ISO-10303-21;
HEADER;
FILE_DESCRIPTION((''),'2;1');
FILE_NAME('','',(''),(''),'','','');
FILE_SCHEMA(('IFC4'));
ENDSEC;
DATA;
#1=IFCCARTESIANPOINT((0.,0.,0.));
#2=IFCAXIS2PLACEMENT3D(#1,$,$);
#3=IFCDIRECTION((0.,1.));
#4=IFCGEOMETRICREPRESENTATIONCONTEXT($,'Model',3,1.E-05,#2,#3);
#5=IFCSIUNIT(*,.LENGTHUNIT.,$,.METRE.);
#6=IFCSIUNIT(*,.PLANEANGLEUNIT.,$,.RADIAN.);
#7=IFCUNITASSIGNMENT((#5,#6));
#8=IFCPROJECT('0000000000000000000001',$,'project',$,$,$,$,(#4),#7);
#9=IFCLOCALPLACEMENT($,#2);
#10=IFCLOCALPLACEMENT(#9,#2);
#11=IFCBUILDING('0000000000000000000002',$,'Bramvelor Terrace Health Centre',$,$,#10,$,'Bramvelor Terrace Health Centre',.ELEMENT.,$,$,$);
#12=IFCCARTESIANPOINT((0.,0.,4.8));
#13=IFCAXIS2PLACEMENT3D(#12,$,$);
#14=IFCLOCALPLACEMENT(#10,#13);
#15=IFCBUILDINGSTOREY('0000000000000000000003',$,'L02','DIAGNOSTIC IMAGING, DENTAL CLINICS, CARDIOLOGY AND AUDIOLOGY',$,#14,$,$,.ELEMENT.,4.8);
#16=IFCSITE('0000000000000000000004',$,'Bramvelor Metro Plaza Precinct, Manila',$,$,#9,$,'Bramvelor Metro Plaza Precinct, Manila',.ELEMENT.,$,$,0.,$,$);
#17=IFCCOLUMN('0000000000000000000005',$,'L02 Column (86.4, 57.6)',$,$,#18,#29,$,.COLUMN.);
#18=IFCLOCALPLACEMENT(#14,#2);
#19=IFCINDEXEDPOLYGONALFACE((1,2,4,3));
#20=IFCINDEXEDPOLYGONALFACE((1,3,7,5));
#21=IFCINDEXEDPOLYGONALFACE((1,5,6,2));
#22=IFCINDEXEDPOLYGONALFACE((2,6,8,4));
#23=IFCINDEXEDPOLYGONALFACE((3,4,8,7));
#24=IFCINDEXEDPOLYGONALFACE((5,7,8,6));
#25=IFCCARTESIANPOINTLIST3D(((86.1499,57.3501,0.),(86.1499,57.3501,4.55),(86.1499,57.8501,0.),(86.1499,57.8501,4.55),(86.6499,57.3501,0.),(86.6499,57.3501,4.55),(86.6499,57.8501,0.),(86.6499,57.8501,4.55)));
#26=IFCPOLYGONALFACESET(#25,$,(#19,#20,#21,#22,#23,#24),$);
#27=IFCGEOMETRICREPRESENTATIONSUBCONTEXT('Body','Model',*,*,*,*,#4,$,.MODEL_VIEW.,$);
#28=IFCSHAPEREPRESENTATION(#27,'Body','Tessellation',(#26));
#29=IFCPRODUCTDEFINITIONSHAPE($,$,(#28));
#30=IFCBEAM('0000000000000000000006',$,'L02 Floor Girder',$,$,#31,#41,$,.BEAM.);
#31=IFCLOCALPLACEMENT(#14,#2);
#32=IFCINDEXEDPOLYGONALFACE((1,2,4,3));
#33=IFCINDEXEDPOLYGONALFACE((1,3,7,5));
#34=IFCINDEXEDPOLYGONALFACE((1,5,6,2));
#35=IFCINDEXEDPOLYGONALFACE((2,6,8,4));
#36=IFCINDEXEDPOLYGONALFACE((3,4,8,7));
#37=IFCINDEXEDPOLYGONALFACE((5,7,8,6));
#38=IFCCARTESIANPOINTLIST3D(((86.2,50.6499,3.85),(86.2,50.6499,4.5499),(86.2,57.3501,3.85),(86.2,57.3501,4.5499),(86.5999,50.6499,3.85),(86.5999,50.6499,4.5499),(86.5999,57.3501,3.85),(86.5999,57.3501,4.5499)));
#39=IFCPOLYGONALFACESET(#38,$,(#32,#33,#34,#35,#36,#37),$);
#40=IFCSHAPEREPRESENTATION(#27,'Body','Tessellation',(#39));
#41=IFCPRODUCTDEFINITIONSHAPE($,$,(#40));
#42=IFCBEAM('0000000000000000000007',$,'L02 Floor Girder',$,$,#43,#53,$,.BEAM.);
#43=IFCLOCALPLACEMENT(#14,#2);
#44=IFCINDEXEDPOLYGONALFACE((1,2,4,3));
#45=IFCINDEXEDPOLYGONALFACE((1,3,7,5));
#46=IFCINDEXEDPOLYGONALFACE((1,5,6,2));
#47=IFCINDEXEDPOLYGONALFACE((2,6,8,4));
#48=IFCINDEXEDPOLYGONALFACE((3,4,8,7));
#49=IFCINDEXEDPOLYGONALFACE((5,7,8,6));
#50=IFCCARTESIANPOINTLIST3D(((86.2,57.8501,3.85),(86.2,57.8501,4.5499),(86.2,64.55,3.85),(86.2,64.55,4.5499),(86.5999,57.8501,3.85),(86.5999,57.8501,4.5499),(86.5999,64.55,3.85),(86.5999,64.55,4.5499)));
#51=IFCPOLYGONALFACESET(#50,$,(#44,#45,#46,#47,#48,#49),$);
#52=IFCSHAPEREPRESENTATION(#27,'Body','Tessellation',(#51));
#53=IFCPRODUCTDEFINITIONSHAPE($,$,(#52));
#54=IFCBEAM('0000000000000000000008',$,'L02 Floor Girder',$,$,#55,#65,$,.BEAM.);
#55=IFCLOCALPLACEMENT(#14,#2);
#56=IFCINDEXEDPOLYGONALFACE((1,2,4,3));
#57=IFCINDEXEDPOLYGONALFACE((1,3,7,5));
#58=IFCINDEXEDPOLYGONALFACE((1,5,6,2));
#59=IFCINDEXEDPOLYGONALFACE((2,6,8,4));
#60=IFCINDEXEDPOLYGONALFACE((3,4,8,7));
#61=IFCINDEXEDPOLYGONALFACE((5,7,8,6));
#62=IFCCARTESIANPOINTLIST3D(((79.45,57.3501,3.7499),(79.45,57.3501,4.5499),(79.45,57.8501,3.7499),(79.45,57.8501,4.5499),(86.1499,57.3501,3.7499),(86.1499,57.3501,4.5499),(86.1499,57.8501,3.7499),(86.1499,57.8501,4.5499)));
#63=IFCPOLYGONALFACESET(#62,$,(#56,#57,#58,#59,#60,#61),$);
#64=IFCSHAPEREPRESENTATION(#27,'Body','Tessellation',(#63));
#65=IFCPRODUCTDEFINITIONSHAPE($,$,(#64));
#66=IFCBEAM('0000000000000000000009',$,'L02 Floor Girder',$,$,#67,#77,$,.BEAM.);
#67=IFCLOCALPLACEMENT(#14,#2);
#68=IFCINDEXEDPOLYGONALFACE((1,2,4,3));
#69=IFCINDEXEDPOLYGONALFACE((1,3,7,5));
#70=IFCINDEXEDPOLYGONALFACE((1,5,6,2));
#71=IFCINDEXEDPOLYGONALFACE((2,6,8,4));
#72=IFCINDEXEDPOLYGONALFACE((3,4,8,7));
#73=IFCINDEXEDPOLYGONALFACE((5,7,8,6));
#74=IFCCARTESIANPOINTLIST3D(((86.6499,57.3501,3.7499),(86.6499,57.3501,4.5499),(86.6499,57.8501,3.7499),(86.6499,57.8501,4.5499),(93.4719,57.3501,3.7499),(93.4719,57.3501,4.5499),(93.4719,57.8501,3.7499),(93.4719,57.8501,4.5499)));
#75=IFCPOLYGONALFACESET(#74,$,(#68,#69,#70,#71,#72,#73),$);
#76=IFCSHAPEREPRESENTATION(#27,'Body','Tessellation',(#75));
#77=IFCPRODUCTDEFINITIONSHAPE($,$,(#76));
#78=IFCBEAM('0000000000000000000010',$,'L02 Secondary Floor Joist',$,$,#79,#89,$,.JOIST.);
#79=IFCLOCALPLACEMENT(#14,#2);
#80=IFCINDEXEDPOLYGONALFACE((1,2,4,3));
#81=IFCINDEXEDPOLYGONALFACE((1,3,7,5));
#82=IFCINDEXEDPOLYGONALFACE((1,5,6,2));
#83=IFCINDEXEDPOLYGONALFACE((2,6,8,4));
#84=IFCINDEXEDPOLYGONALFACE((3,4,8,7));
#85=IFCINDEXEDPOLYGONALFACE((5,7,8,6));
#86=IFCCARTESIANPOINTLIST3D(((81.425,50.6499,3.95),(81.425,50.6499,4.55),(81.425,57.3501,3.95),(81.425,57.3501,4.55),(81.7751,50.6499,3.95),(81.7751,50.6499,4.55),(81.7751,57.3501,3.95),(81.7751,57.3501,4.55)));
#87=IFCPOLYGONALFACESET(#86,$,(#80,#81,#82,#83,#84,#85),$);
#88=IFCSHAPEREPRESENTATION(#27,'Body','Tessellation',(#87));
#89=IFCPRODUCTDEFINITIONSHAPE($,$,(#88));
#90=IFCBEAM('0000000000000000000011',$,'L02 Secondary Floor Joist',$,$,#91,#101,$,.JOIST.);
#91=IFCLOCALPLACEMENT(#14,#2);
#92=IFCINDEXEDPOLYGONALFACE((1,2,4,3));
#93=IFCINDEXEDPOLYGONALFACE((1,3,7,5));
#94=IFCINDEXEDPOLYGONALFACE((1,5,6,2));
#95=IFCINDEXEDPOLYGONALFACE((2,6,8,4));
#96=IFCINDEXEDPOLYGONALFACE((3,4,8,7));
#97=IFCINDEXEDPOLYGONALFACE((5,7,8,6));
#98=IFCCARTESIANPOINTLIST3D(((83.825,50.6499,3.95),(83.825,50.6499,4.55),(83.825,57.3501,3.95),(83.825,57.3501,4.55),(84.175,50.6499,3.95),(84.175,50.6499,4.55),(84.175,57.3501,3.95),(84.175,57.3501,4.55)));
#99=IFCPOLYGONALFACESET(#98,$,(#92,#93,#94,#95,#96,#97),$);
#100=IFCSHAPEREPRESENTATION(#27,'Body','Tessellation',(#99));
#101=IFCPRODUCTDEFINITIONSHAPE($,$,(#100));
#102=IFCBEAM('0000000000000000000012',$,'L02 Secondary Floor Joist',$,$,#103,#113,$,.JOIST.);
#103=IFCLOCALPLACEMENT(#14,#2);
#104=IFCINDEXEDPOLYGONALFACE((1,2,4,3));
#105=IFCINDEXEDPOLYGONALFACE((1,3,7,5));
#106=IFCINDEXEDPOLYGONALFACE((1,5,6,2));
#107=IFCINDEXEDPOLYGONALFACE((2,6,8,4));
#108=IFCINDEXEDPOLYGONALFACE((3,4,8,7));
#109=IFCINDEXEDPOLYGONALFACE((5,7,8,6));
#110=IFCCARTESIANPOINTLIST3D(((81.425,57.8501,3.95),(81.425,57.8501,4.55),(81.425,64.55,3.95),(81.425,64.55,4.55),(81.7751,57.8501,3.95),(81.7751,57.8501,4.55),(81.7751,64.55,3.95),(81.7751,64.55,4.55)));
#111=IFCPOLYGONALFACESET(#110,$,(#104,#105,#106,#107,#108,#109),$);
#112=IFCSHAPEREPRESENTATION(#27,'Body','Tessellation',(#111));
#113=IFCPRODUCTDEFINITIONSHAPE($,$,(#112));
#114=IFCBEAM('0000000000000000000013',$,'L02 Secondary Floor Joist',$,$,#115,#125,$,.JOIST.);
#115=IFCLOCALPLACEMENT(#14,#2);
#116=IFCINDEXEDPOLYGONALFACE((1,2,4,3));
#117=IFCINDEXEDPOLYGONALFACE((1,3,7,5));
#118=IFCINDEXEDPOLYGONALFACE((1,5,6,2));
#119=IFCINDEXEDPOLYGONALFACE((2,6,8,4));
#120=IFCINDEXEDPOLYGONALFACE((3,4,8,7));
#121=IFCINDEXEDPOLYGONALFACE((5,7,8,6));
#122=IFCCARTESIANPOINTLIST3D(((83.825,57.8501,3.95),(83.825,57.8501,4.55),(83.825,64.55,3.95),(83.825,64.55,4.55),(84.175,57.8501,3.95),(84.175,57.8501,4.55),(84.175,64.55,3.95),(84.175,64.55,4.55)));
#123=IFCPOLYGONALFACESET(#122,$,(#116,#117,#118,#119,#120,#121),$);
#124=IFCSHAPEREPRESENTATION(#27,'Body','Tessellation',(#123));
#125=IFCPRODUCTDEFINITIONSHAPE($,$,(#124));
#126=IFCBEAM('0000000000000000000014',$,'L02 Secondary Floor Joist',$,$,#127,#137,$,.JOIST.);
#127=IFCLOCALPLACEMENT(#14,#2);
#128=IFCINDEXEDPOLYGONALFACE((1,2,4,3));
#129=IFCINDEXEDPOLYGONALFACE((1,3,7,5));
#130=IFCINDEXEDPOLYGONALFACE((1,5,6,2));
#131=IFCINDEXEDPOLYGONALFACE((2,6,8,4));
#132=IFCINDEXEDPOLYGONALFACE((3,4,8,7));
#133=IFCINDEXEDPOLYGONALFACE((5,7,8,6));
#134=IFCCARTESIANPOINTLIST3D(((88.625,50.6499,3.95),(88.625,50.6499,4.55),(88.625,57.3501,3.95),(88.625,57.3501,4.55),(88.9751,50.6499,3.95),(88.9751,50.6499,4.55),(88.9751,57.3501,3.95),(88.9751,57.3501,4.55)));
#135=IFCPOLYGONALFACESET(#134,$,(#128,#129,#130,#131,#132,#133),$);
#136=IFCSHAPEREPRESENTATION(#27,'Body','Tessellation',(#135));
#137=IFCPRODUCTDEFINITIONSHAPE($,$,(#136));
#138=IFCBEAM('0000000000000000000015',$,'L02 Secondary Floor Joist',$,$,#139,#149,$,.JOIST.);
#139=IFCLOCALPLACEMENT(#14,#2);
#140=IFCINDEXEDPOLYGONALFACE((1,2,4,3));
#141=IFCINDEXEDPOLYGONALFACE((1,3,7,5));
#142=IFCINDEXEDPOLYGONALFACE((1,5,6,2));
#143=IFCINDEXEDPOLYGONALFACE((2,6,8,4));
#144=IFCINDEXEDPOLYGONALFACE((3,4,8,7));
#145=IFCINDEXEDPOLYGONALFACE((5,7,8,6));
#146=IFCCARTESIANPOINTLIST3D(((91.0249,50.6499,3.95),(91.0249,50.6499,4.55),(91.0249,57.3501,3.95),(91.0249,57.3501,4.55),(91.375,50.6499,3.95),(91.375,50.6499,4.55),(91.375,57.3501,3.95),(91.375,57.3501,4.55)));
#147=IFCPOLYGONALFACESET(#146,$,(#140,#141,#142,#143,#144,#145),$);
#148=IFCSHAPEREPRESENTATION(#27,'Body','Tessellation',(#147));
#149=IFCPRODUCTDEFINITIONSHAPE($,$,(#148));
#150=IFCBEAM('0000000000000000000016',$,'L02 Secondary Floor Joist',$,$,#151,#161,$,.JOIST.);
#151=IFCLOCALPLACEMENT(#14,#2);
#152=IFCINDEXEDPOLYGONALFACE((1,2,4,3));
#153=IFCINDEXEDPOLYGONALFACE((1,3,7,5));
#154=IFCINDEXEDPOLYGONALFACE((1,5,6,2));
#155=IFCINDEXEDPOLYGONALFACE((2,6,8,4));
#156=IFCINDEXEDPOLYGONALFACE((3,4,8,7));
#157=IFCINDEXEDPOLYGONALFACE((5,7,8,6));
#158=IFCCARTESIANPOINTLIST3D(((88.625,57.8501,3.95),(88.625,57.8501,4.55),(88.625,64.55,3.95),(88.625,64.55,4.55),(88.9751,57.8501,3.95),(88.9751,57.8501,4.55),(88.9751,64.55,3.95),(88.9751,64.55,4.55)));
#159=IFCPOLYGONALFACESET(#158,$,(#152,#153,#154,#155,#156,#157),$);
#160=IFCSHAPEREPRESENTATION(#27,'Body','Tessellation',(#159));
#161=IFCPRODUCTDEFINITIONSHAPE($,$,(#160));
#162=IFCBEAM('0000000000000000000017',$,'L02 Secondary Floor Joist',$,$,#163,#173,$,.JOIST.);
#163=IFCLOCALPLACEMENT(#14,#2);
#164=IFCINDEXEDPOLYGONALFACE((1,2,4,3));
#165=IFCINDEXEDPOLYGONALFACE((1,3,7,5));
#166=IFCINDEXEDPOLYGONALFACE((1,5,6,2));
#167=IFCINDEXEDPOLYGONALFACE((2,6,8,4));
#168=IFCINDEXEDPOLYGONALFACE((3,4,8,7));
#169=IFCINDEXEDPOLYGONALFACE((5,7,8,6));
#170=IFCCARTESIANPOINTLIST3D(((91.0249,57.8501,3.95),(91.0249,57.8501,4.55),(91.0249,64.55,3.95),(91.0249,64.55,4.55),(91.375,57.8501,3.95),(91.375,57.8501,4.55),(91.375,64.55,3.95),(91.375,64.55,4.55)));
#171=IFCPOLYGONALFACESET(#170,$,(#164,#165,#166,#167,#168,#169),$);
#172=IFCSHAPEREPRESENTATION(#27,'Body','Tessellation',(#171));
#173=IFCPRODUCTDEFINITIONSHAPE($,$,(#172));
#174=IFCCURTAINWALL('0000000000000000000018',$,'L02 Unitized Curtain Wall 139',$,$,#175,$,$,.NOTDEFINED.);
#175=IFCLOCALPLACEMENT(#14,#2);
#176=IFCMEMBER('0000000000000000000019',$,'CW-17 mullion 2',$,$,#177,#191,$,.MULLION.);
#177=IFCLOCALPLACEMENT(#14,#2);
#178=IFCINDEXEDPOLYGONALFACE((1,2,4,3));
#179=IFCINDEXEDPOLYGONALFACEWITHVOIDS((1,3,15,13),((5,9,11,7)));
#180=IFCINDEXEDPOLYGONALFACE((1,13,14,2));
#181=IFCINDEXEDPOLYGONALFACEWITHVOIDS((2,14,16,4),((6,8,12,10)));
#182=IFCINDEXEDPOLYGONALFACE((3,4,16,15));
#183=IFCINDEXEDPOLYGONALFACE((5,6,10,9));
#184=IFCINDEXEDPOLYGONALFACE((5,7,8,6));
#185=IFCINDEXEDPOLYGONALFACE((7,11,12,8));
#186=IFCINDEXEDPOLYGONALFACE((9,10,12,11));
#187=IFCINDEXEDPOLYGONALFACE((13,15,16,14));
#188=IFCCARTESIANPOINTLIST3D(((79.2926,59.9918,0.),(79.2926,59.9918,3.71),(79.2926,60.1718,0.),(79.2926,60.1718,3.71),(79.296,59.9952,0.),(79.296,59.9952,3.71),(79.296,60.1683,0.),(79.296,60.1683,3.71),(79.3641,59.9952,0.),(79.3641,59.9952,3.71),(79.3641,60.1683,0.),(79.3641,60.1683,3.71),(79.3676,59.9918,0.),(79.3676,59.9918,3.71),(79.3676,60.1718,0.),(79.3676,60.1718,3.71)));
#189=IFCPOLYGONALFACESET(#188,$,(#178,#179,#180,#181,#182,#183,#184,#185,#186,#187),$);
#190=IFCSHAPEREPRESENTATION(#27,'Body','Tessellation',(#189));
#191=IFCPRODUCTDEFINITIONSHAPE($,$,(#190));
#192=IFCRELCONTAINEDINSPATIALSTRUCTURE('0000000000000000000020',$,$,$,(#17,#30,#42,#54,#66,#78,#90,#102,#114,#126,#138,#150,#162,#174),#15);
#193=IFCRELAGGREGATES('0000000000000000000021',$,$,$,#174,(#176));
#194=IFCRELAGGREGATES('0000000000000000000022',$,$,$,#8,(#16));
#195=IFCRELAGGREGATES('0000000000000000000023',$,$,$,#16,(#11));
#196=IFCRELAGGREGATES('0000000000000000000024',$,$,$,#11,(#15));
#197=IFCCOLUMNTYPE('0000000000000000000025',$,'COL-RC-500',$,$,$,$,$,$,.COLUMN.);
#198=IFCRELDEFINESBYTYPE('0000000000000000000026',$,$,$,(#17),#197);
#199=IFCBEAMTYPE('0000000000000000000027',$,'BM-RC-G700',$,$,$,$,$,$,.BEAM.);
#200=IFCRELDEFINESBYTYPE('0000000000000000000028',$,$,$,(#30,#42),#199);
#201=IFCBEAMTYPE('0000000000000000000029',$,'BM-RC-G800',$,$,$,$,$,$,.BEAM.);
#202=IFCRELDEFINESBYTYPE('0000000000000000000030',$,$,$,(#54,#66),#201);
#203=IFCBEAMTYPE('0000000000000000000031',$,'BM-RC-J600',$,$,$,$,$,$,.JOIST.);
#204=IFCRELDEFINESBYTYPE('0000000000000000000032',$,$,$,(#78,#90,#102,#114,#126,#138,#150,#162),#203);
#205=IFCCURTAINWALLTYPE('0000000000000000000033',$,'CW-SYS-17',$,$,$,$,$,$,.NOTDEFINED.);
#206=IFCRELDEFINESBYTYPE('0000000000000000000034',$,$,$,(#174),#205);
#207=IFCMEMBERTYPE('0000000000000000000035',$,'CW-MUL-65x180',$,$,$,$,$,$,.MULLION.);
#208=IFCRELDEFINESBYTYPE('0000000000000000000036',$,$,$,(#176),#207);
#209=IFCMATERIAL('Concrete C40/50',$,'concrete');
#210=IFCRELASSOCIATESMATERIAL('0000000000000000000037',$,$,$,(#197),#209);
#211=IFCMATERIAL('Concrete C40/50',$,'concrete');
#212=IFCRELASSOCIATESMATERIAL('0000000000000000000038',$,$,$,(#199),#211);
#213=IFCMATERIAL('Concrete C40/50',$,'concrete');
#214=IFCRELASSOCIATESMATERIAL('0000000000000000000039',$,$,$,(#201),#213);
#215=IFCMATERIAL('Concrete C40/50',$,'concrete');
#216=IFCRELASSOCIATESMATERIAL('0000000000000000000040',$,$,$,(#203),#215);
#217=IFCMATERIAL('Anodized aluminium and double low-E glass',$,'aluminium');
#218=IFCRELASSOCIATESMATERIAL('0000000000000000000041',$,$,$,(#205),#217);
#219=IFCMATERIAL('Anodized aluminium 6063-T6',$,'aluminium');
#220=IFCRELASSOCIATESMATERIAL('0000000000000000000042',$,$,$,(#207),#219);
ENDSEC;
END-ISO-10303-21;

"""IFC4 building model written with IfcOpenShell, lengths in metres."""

from ifc_helpers import new_model, si_unit, direction, frame, origin, origin_2d, place, context, subcontext, project, spatial, rectangle, hollow_rectangle, extrude, material, material_profile, profile_set, type_object, element, aggregate, save


model = new_model("IFC4")

# Units and contexts
model_context = context("Model", 3, precision=1e-05, world=origin(), true_north=direction((0.0, 1.0)))
body_context = subcontext(model_context, "Body", "Model", "MODEL_VIEW")
ifc_project = project(units=[si_unit("LENGTHUNIT", "METRE"), si_unit("PLANEANGLEUNIT", "RADIAN")], contexts=[model_context])

# Site, building, storey
site_placement = place(None, origin())
site = spatial("IfcSite", under=ifc_project, at=site_placement, Name="Bramvelor Metro Plaza Precinct, Manila", LongName="Bramvelor Metro Plaza Precinct, Manila", CompositionType="ELEMENT", RefElevation=0.0)
building_placement = place(site_placement, origin())
building = spatial("IfcBuilding", under=site, at=building_placement, Name="Bramvelor Terrace Health Centre", LongName="Bramvelor Terrace Health Centre", CompositionType="ELEMENT")
storey_placement = place(building_placement, frame((0.0, 0.0, 4.8)))
storey = spatial("IfcBuildingStorey", under=building, at=storey_placement, Name="L02", Description="DIAGNOSTIC IMAGING, DENTAL CLINICS, CARDIOLOGY AND AUDIOLOGY", CompositionType="ELEMENT", Elevation=4.8)

# Column
ifc_material_1 = material(Name="Concrete C40/50", Category="concrete")
ifc_material_profile_1 = material_profile(ifc_material_1, rectangle(XDim=0.5, YDim=0.5, at=origin_2d()), Name="RC 500x500")
ifc_profile_set_1 = profile_set([ifc_material_profile_1], Name="Concrete C40/50")
column_type = type_object("IfcColumnType", Name="COL-RC-500", PredefinedType="COLUMN", material=ifc_profile_set_1)
column_placement = place(storey_placement, frame((86.3999, 57.6001, 0.0), z_axis=(0.0, 0.0, 1.0), x_axis=(1.0, 0.0, 0.0)))
element("IfcColumn", 1, at=column_placement, inside=storey, type_object=column_type, Name="L02 Column (86.4, 57.6)", PredefinedType="COLUMN", context=body_context, shape_type="SweptSolid", body=[
    extrude(rectangle(XDim=0.5, YDim=0.5, at=origin_2d()), origin(), (0.0, 0.0, 1.0), 4.55),
])

# Beams
ifc_material_2 = material(Name="Concrete C40/50", Category="concrete")
ifc_material_profile_2 = material_profile(ifc_material_2, rectangle(XDim=0.3999, YDim=0.7, at=origin_2d()), Name="RC 400x700")
ifc_profile_set_2 = profile_set([ifc_material_profile_2], Name="Concrete C40/50")
beam_type_1 = type_object("IfcBeamType", Name="BM-RC-G700", PredefinedType="BEAM", material=ifc_profile_set_2)
beam_1_placement = place(storey_placement, frame((86.3999, 50.6499, 4.2), z_axis=(0.0, 1.0, 0.0), x_axis=(-1.0, 0.0, 0.0)))
element("IfcBeam", 2, at=beam_1_placement, inside=storey, type_object=beam_type_1, Name="L02 Floor Girder", PredefinedType="BEAM", context=body_context, shape_type="SweptSolid", body=[
    extrude(rectangle(XDim=0.3999, YDim=0.7, at=origin_2d()), origin(), (0.0, 0.0, 1.0), 6.7002),
])
beam_2_placement = place(storey_placement, frame((86.3999, 57.8501, 4.2), z_axis=(0.0, 1.0, 0.0), x_axis=(-1.0, 0.0, 0.0)))
element("IfcBeam", 3, at=beam_2_placement, inside=storey, type_object=beam_type_1, Name="L02 Floor Girder", PredefinedType="BEAM", context=body_context, shape_type="SweptSolid", body=[
    extrude(rectangle(XDim=0.3999, YDim=0.7, at=origin_2d()), origin(), (0.0, 0.0, 1.0), 6.7),
])
ifc_material_3 = material(Name="Concrete C40/50", Category="concrete")
ifc_material_profile_3 = material_profile(ifc_material_3, rectangle(XDim=0.5, YDim=0.8, at=origin_2d()), Name="RC 500x800")
ifc_profile_set_3 = profile_set([ifc_material_profile_3], Name="Concrete C40/50")
beam_type_2 = type_object("IfcBeamType", Name="BM-RC-G800", PredefinedType="BEAM", material=ifc_profile_set_3)
beam_3_placement = place(storey_placement, frame((79.45, 57.6001, 4.1499), z_axis=(1.0, 0.0, 0.0), x_axis=(0.0, 1.0, 0.0)))
element("IfcBeam", 4, at=beam_3_placement, inside=storey, type_object=beam_type_2, Name="L02 Floor Girder", PredefinedType="BEAM", context=body_context, shape_type="SweptSolid", body=[
    extrude(rectangle(XDim=0.5, YDim=0.8, at=origin_2d()), origin(), (0.0, 0.0, 1.0), 6.7),
])
beam_4_placement = place(storey_placement, frame((86.6499, 57.6001, 4.1499), z_axis=(1.0, 0.0, 0.0), x_axis=(0.0, 1.0, 0.0)))
element("IfcBeam", 5, at=beam_4_placement, inside=storey, type_object=beam_type_2, Name="L02 Floor Girder", PredefinedType="BEAM", context=body_context, shape_type="SweptSolid", body=[
    extrude(rectangle(XDim=0.5, YDim=0.8, at=origin_2d()), origin(), (0.0, 0.0, 1.0), 6.822),
])
ifc_material_4 = material(Name="Concrete C40/50", Category="concrete")
ifc_material_profile_4 = material_profile(ifc_material_4, rectangle(XDim=0.3501, YDim=0.6001, at=origin_2d()), Name="RC 350x600")
ifc_profile_set_4 = profile_set([ifc_material_profile_4], Name="Concrete C40/50")
beam_type_3 = type_object("IfcBeamType", Name="BM-RC-J600", PredefinedType="JOIST", material=ifc_profile_set_4)
for number, where, z_axis, x_axis, name in (
    (6, (81.6001, 50.6499, 4.25), (0.0, 1.0, 0.0), (-1.0, 0.0, 0.0), "L02 Secondary Floor Joist"),
    (7, (84.0, 50.6499, 4.25), (0.0, 1.0, 0.0), (-1.0, 0.0, 0.0), "L02 Secondary Floor Joist"),
):
    element("IfcBeam", number, at=place(storey_placement, frame(where, z_axis=z_axis, x_axis=x_axis)), inside=storey, type_object=beam_type_3, Name=name, PredefinedType="JOIST", context=body_context, shape_type="SweptSolid", body=[
        extrude(rectangle(XDim=0.3501, YDim=0.6001, at=origin_2d()), origin(), (0.0, 0.0, 1.0), 6.7002),
    ])
for number, where, z_axis, x_axis, name in (
    (8, (81.6001, 57.8501, 4.25), (0.0, 1.0, 0.0), (-1.0, 0.0, 0.0), "L02 Secondary Floor Joist"),
    (9, (84.0, 57.8501, 4.25), (0.0, 1.0, 0.0), (-1.0, 0.0, 0.0), "L02 Secondary Floor Joist"),
):
    element("IfcBeam", number, at=place(storey_placement, frame(where, z_axis=z_axis, x_axis=x_axis)), inside=storey, type_object=beam_type_3, Name=name, PredefinedType="JOIST", context=body_context, shape_type="SweptSolid", body=[
        extrude(rectangle(XDim=0.3501, YDim=0.6001, at=origin_2d()), origin(), (0.0, 0.0, 1.0), 6.7),
    ])
for number, where, z_axis, x_axis, name in (
    (10, (88.8, 50.6499, 4.25), (0.0, 1.0, 0.0), (-1.0, 0.0, 0.0), "L02 Secondary Floor Joist"),
    (11, (91.2, 50.6499, 4.25), (0.0, 1.0, 0.0), (-1.0, 0.0, 0.0), "L02 Secondary Floor Joist"),
):
    element("IfcBeam", number, at=place(storey_placement, frame(where, z_axis=z_axis, x_axis=x_axis)), inside=storey, type_object=beam_type_3, Name=name, PredefinedType="JOIST", context=body_context, shape_type="SweptSolid", body=[
        extrude(rectangle(XDim=0.3501, YDim=0.6001, at=origin_2d()), origin(), (0.0, 0.0, 1.0), 6.7002),
    ])
for number, where, z_axis, x_axis, name in (
    (12, (88.8, 57.8501, 4.25), (0.0, 1.0, 0.0), (-1.0, 0.0, 0.0), "L02 Secondary Floor Joist"),
    (13, (91.2, 57.8501, 4.25), (0.0, 1.0, 0.0), (-1.0, 0.0, 0.0), "L02 Secondary Floor Joist"),
):
    element("IfcBeam", number, at=place(storey_placement, frame(where, z_axis=z_axis, x_axis=x_axis)), inside=storey, type_object=beam_type_3, Name=name, PredefinedType="JOIST", context=body_context, shape_type="SweptSolid", body=[
        extrude(rectangle(XDim=0.3501, YDim=0.6001, at=origin_2d()), origin(), (0.0, 0.0, 1.0), 6.7),
    ])

# Curtain wall, member
ifc_material_5 = material(Name="Anodized aluminium and double low-E glass", Category="aluminium")
curtain_wall_type = type_object("IfcCurtainWallType", Name="CW-SYS-17", PredefinedType="NOTDEFINED", material=ifc_material_5)
curtain_wall_placement = place(storey_placement, origin())
curtain_wall = element("IfcCurtainWall", 14, at=curtain_wall_placement, inside=storey, type_object=curtain_wall_type, Name="L02 Unitized Curtain Wall 139", PredefinedType="NOTDEFINED")
ifc_material_6 = material(Name="Anodized aluminium 6063-T6", Category="aluminium")
ifc_material_profile_5 = material_profile(ifc_material_6, hollow_rectangle(XDim=0.075, YDim=0.1799, WallThickness=0.0034, at=origin_2d()), Name="ALU-MUL 75x180x3.5")
ifc_profile_set_5 = profile_set([ifc_material_profile_5], Name="Anodized aluminium 6063-T6")
member_type_1 = type_object("IfcMemberType", Name="CW-MUL-65x180", PredefinedType="MULLION", material=ifc_profile_set_5)
member_1_placement = place(storey_placement, frame((79.3301, 60.0818, 0.0), z_axis=(0.0, 0.0, 1.0), x_axis=(-1.0, 0.0, 0.0)))
member_1 = element("IfcMember", 15, at=member_1_placement, type_object=member_type_1, Name="CW-17 mullion 2", PredefinedType="MULLION", context=body_context, shape_type="SweptSolid", body=[
    extrude(hollow_rectangle(XDim=0.075, YDim=0.1799, WallThickness=0.0034, at=origin_2d()), origin(), (0.0, 0.0, 1.0), 3.71),
])
aggregate(curtain_wall, [member_1])

save(model, "model.ifc")
